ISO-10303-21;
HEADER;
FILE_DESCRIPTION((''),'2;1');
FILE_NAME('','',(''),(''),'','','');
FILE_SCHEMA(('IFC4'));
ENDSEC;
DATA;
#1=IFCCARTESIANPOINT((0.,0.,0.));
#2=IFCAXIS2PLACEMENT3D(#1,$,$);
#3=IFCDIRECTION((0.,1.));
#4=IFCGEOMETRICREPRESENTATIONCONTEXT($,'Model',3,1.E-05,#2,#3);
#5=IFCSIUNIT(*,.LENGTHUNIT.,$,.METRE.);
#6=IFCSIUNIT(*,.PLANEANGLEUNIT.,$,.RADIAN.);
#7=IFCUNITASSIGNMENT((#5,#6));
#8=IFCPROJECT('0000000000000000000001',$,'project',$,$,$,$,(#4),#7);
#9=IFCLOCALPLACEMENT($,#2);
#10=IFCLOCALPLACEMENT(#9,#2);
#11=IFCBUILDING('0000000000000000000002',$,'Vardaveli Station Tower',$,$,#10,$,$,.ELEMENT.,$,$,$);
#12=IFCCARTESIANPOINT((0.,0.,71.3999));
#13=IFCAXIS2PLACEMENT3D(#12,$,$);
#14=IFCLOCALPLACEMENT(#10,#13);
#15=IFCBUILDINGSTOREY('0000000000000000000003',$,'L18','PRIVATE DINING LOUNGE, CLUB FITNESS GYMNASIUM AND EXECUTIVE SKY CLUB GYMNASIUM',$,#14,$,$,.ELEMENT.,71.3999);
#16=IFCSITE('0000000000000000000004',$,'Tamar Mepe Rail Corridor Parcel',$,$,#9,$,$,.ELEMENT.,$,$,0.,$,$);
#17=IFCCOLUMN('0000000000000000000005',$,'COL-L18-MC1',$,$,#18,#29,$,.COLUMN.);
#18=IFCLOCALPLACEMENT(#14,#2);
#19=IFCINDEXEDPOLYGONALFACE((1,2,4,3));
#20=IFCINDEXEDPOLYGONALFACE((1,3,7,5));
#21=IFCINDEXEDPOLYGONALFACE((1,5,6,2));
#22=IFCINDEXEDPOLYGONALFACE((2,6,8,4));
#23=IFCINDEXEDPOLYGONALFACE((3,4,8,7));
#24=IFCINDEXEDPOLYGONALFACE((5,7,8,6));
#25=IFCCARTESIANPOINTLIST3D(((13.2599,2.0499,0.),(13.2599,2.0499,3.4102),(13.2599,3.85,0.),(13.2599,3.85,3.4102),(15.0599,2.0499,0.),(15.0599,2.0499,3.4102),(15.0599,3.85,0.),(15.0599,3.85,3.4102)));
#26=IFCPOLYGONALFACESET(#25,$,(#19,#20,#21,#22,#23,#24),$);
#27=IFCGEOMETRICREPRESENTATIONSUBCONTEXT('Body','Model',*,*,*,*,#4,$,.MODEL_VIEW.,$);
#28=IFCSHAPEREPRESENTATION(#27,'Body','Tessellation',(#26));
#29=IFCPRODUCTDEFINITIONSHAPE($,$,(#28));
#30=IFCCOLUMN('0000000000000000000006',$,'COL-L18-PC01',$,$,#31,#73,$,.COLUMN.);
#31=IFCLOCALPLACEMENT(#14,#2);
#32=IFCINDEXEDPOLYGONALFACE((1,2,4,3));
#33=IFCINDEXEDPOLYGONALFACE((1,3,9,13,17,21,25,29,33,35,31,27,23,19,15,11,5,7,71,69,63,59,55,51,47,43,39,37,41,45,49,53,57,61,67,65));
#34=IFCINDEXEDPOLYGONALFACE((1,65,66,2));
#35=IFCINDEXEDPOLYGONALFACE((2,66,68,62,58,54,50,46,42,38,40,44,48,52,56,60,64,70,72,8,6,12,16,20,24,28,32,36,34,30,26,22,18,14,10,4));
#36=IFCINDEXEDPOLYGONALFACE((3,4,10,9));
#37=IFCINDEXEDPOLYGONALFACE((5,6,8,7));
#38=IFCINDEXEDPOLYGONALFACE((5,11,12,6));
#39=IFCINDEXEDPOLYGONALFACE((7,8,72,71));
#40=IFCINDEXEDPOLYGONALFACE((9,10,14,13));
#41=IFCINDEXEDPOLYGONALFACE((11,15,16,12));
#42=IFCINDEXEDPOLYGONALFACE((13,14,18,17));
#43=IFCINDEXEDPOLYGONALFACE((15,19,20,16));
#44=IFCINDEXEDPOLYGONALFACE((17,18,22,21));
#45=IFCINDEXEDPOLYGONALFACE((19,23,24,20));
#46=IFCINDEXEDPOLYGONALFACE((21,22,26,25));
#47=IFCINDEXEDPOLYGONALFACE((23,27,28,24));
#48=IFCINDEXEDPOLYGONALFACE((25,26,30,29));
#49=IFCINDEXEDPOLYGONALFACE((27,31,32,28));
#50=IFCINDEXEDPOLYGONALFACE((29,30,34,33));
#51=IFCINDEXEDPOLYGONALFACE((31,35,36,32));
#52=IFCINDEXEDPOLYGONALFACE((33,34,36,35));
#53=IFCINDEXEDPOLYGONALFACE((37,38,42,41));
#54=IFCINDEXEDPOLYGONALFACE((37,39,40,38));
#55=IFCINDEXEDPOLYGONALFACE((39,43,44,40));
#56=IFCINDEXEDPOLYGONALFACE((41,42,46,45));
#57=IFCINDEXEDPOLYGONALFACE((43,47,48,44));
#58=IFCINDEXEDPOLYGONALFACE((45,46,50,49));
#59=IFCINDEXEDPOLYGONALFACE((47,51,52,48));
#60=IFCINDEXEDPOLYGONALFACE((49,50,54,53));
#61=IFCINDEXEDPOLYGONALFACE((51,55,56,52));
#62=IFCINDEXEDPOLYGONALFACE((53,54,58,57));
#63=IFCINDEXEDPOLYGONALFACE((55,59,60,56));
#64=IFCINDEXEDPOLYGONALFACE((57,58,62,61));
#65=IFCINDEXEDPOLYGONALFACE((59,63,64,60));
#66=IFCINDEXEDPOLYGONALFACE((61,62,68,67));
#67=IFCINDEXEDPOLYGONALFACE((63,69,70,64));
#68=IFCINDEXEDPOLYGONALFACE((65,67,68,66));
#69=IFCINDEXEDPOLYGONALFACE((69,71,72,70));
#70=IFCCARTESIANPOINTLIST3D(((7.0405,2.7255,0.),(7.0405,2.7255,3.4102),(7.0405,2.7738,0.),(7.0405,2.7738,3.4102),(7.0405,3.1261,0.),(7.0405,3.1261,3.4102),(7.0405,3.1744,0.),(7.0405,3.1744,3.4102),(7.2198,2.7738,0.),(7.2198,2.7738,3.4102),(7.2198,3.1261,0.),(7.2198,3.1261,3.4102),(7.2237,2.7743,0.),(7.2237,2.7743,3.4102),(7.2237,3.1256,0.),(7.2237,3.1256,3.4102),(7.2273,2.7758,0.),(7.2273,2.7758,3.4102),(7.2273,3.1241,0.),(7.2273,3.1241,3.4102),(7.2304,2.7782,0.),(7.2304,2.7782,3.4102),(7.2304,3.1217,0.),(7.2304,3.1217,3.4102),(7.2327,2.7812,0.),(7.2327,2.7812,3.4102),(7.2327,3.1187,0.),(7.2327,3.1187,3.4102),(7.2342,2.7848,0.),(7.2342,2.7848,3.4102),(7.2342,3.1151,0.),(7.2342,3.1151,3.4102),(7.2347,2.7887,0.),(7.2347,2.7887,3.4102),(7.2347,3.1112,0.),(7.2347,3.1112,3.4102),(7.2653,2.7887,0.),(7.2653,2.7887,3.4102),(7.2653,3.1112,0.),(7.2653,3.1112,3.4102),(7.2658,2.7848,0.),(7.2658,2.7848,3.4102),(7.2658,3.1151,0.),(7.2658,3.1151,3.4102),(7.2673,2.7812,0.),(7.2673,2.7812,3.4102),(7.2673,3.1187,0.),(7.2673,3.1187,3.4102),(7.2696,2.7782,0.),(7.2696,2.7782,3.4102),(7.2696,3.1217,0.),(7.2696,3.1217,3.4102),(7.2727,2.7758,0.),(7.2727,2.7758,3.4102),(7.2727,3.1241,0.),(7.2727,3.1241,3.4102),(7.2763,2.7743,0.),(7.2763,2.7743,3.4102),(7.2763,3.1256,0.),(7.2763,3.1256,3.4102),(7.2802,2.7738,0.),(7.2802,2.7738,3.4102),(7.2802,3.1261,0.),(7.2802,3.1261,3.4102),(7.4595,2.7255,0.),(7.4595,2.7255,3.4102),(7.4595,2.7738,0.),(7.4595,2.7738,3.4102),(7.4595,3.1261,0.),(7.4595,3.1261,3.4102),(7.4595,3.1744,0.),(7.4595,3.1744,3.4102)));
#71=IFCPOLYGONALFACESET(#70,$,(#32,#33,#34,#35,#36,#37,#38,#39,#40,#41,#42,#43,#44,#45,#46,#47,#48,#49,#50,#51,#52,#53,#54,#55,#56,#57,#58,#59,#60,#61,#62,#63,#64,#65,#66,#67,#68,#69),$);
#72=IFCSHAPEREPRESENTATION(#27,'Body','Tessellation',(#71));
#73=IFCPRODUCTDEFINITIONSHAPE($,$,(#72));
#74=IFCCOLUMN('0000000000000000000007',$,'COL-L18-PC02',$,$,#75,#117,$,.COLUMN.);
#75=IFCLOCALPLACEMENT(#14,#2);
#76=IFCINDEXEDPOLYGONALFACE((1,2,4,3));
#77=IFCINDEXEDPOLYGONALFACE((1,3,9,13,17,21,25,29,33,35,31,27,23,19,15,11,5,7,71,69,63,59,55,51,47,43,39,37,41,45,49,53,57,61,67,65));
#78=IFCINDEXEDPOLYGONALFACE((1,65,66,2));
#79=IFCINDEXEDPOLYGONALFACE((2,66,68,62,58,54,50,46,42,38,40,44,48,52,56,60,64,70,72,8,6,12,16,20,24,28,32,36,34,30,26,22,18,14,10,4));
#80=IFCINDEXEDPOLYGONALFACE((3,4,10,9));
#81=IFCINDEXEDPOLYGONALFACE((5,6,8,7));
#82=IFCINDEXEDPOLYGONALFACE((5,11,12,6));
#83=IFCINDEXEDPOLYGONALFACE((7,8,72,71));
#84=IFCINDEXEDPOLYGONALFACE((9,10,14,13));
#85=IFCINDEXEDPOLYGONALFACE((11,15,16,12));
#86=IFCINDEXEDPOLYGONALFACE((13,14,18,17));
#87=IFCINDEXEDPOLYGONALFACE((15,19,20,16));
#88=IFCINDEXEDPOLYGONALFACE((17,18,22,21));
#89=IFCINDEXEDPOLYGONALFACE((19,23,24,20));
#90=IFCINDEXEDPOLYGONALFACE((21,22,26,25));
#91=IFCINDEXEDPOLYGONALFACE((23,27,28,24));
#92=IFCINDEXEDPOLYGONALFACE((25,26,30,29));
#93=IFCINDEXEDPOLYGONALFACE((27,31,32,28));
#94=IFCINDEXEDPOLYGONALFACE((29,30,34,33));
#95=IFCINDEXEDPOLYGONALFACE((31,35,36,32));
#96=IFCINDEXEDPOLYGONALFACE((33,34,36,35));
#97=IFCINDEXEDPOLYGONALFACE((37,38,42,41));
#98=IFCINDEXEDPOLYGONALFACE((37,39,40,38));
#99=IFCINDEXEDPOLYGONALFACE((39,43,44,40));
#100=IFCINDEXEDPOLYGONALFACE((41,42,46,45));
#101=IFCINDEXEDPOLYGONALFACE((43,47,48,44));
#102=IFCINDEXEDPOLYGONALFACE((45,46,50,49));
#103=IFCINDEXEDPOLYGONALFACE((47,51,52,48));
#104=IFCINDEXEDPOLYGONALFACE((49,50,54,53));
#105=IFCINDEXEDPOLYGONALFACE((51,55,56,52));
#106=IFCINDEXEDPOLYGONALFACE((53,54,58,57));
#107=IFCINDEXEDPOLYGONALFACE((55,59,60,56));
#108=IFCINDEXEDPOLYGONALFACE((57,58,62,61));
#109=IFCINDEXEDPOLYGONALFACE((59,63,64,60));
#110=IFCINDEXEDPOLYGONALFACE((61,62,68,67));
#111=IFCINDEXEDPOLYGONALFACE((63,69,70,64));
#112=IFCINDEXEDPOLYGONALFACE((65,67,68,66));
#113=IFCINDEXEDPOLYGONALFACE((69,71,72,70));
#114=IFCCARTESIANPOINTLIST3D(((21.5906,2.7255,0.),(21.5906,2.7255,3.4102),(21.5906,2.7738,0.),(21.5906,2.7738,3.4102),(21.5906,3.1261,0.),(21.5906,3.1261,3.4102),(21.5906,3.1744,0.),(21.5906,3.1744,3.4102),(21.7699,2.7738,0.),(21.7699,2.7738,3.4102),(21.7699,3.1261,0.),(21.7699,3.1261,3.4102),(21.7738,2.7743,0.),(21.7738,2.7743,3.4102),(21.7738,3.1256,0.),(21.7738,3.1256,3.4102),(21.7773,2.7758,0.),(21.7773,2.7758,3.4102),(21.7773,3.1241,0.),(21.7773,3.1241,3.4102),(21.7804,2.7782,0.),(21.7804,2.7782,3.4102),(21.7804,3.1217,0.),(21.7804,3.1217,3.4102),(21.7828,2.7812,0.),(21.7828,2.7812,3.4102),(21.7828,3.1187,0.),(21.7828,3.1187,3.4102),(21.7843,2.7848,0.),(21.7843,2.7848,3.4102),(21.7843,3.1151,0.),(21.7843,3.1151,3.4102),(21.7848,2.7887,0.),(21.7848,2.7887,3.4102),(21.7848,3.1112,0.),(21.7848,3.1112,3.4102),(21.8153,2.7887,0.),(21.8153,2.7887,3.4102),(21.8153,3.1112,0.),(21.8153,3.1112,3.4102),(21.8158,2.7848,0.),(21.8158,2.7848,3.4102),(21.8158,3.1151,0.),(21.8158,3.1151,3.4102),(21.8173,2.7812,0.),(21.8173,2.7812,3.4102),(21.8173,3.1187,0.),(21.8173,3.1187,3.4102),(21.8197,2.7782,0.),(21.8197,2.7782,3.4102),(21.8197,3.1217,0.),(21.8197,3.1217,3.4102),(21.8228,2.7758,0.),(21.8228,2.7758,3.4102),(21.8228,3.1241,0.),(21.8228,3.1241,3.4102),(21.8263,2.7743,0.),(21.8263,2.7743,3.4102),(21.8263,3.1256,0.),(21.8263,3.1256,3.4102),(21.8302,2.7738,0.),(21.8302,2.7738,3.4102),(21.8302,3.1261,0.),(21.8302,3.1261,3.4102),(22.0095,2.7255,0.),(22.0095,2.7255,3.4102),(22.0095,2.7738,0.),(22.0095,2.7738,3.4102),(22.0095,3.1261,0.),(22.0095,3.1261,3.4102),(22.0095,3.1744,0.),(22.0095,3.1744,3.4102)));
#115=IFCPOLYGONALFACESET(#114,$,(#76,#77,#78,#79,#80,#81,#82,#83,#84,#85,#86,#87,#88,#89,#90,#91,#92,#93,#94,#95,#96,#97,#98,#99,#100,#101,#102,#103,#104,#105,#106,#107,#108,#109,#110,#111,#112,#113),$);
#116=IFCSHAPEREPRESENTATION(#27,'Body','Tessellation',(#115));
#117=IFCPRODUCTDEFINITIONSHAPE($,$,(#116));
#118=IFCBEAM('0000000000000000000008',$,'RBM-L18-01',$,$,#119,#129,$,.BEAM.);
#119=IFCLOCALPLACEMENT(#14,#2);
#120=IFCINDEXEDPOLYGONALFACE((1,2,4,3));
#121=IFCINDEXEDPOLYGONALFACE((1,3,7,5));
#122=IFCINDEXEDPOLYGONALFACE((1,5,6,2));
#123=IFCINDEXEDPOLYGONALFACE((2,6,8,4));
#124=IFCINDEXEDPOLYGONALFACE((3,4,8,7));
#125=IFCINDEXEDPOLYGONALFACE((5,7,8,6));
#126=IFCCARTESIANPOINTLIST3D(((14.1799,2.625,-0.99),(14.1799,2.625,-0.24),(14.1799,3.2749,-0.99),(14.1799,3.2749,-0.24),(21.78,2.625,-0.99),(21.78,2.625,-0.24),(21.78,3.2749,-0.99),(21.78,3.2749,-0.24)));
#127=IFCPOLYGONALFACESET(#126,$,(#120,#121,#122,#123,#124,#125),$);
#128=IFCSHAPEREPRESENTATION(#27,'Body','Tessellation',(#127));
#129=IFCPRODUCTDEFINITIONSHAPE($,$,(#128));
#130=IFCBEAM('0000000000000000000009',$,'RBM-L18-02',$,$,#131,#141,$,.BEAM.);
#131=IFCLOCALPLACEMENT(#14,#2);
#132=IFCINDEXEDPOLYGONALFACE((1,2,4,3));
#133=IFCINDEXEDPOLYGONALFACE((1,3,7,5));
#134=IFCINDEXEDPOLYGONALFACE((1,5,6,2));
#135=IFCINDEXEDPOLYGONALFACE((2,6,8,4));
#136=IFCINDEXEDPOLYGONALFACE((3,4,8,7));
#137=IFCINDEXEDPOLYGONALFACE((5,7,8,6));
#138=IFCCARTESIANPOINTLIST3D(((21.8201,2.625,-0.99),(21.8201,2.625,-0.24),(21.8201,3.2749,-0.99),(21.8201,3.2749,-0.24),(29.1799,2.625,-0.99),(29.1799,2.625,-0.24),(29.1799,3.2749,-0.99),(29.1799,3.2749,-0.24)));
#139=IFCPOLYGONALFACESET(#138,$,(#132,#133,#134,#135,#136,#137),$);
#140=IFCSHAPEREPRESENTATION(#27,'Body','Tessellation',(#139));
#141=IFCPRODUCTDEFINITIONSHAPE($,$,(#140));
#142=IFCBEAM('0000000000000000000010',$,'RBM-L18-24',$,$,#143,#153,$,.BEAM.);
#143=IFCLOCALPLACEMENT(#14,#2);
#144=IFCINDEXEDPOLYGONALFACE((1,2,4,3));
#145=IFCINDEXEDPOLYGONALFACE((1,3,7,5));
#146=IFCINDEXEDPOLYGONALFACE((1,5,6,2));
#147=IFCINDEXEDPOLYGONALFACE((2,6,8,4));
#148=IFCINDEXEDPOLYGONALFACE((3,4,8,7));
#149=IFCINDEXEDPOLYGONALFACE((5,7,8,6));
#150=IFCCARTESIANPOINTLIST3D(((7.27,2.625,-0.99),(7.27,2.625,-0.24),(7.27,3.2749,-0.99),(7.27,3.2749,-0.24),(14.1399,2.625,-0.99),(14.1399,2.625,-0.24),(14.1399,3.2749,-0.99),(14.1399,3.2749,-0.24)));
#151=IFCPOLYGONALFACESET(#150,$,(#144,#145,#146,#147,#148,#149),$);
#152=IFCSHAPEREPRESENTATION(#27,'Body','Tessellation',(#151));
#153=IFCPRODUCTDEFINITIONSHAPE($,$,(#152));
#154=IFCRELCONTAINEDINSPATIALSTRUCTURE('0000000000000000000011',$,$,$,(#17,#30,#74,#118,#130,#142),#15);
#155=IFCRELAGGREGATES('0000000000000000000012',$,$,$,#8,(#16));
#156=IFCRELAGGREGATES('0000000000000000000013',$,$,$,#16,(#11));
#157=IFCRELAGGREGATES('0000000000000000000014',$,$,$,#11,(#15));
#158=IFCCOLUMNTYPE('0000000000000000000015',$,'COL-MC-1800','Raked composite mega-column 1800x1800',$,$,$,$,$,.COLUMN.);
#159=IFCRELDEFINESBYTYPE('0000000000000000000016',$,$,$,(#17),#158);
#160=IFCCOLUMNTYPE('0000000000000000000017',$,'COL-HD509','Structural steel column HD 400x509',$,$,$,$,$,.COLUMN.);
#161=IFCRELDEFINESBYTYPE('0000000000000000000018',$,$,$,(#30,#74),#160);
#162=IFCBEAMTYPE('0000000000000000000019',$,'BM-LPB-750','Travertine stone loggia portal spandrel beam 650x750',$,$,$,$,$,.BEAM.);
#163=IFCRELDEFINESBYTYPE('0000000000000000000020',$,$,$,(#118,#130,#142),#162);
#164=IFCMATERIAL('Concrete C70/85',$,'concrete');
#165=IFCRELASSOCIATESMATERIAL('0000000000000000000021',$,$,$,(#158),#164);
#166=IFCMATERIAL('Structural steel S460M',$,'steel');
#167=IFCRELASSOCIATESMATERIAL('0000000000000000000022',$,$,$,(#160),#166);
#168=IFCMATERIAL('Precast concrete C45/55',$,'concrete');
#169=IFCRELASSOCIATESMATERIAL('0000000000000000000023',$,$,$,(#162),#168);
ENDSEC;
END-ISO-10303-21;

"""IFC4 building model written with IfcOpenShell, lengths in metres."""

from ifc_helpers import new_model, si_unit, direction, frame, origin, origin_2d, place, context, subcontext, project, spatial, rectangle, i_section, extrude, source, transform, mapped, material, material_profile, profile_set, type_object, element, save


model = new_model("IFC4")

# Units and contexts
model_context = context("Model", 3, precision=1e-05, world=origin(), true_north=direction((0.0, 1.0)))
body_context = subcontext(model_context, "Body", "Model", "MODEL_VIEW")
ifc_project = project(units=[si_unit("LENGTHUNIT", "METRE"), si_unit("PLANEANGLEUNIT", "RADIAN")], contexts=[model_context])

# Site, building, storey
site_placement = place(None, origin())
site = spatial("IfcSite", under=ifc_project, at=site_placement, Name="Tamar Mepe Rail Corridor Parcel", CompositionType="ELEMENT", RefElevation=0.0)
building_placement = place(site_placement, origin())
building = spatial("IfcBuilding", under=site, at=building_placement, Name="Vardaveli Station Tower", CompositionType="ELEMENT")
storey_placement = place(building_placement, frame((0.0, 0.0, 71.3999)))
storey = spatial("IfcBuildingStorey", under=building, at=storey_placement, Name="L18", Description="PRIVATE DINING LOUNGE, CLUB FITNESS GYMNASIUM AND EXECUTIVE SKY CLUB GYMNASIUM", CompositionType="ELEMENT", Elevation=71.3999)

# Columns
ifc_material_1 = material(Name="Concrete C70/85", Category="concrete")
ifc_material_profile_1 = material_profile(ifc_material_1, rectangle(XDim=1.8, YDim=1.8, at=origin_2d()), Name="MC 1800x1800")
ifc_profile_set_1 = profile_set([ifc_material_profile_1], Name="Concrete C70/85")
column_type_1 = type_object("IfcColumnType", Name="COL-MC-1800", Description="Raked composite mega-column 1800x1800", PredefinedType="COLUMN", material=ifc_profile_set_1)
shared_shape_1 = source(origin(), body_context, "Body", "SweptSolid", [
    extrude(rectangle(XDim=1.8, YDim=1.8, at=origin_2d()), origin(), (0.0, 0.0, 1.0), 3.4102),
])
column_placement = place(storey_placement, frame((14.1599, 2.95, 0.0), z_axis=(0.0, 0.0, 1.0), x_axis=(1.0, 0.0, 0.0)))
element("IfcColumn", 1, at=column_placement, inside=storey, type_object=column_type_1, Name="COL-L18-MC1", PredefinedType="COLUMN", context=body_context, shape_type="MappedRepresentation", body=[
    mapped(shared_shape_1, transform((0.0, 0.0, 0.0), scale=1.0)),
])
ifc_material_2 = material(Name="Structural steel S460M", Category="steel")
ifc_material_profile_2 = material_profile(ifc_material_2, i_section(OverallWidth=0.4189, OverallDepth=0.449, WebThickness=0.0305, FlangeThickness=0.0483, FilletRadius=0.0149, at=origin_2d()), Name="HD 400x509")
ifc_profile_set_2 = profile_set([ifc_material_profile_2], Name="Structural steel S460M")
column_type_2 = type_object("IfcColumnType", Name="COL-HD509", Description="Structural steel column HD 400x509", PredefinedType="COLUMN", material=ifc_profile_set_2)
shared_shape_2 = source(origin(), body_context, "Body", "SweptSolid", [
    extrude(i_section(OverallWidth=0.4189, OverallDepth=0.449, WebThickness=0.0305, FlangeThickness=0.0483, FilletRadius=0.0149, at=origin_2d()), origin(), (0.0, 0.0, 1.0), 3.4102),
])
for number, where, z_axis, x_axis, name in (
    (2, (7.25, 2.95, 0.0), (0.0, 0.0, 1.0), (1.0, 0.0, 0.0), "COL-L18-PC01"),
    (3, (21.8, 2.95, 0.0), (0.0, 0.0, 1.0), (1.0, 0.0, 0.0), "COL-L18-PC02"),
):
    element("IfcColumn", number, at=place(storey_placement, frame(where, z_axis=z_axis, x_axis=x_axis)), inside=storey, type_object=column_type_2, Name=name, PredefinedType="COLUMN", context=body_context, shape_type="MappedRepresentation", body=[
        mapped(shared_shape_2, transform((0.0, 0.0, 0.0), scale=1.0)),
    ])

# Beams
ifc_material_3 = material(Name="Precast concrete C45/55", Category="concrete")
ifc_material_profile_3 = material_profile(ifc_material_3, rectangle(XDim=0.6499, YDim=0.75, at=origin_2d()), Name="LPB 650x750")
ifc_profile_set_3 = profile_set([ifc_material_profile_3], Name="Precast concrete C45/55")
beam_type_1 = type_object("IfcBeamType", Name="BM-LPB-750", Description="Travertine stone loggia portal spandrel beam 650x750", PredefinedType="BEAM", material=ifc_profile_set_3)
shared_shape_3 = source(origin(), body_context, "Body", "SweptSolid", [
    extrude(rectangle(XDim=0.6499, YDim=0.75, at=origin_2d()), origin(), (0.0, 0.0, 1.0), 7.6001),
])
beam_1_placement = place(storey_placement, frame((14.1799, 2.95, -0.615), z_axis=(1.0, 0.0, 0.0), x_axis=(0.0, 1.0, 0.0)))
element("IfcBeam", 4, at=beam_1_placement, inside=storey, type_object=beam_type_1, Name="RBM-L18-01", PredefinedType="BEAM", context=body_context, shape_type="MappedRepresentation", body=[
    mapped(shared_shape_3, transform((0.0, 0.0, 0.0), scale=1.0)),
])
shared_shape_4 = source(origin(), body_context, "Body", "SweptSolid", [
    extrude(rectangle(XDim=0.6499, YDim=0.75, at=origin_2d()), origin(), (0.0, 0.0, 1.0), 7.3599),
])
beam_2_placement = place(storey_placement, frame((21.8201, 2.95, -0.615), z_axis=(1.0, 0.0, 0.0), x_axis=(0.0, 1.0, 0.0)))
element("IfcBeam", 5, at=beam_2_placement, inside=storey, type_object=beam_type_1, Name="RBM-L18-02", PredefinedType="BEAM", context=body_context, shape_type="MappedRepresentation", body=[
    mapped(shared_shape_4, transform((0.0, 0.0, 0.0), scale=1.0)),
])
shared_shape_5 = source(origin(), body_context, "Body", "SweptSolid", [
    extrude(rectangle(XDim=0.6499, YDim=0.75, at=origin_2d()), origin(), (0.0, 0.0, 1.0), 6.8699),
])
beam_3_placement = place(storey_placement, frame((7.27, 2.95, -0.615), z_axis=(1.0, 0.0, 0.0), x_axis=(0.0, 1.0, 0.0)))
element("IfcBeam", 6, at=beam_3_placement, inside=storey, type_object=beam_type_1, Name="RBM-L18-24", PredefinedType="BEAM", context=body_context, shape_type="MappedRepresentation", body=[
    mapped(shared_shape_5, transform((0.0, 0.0, 0.0), scale=1.0)),
])

save(model, "model.ifc")
